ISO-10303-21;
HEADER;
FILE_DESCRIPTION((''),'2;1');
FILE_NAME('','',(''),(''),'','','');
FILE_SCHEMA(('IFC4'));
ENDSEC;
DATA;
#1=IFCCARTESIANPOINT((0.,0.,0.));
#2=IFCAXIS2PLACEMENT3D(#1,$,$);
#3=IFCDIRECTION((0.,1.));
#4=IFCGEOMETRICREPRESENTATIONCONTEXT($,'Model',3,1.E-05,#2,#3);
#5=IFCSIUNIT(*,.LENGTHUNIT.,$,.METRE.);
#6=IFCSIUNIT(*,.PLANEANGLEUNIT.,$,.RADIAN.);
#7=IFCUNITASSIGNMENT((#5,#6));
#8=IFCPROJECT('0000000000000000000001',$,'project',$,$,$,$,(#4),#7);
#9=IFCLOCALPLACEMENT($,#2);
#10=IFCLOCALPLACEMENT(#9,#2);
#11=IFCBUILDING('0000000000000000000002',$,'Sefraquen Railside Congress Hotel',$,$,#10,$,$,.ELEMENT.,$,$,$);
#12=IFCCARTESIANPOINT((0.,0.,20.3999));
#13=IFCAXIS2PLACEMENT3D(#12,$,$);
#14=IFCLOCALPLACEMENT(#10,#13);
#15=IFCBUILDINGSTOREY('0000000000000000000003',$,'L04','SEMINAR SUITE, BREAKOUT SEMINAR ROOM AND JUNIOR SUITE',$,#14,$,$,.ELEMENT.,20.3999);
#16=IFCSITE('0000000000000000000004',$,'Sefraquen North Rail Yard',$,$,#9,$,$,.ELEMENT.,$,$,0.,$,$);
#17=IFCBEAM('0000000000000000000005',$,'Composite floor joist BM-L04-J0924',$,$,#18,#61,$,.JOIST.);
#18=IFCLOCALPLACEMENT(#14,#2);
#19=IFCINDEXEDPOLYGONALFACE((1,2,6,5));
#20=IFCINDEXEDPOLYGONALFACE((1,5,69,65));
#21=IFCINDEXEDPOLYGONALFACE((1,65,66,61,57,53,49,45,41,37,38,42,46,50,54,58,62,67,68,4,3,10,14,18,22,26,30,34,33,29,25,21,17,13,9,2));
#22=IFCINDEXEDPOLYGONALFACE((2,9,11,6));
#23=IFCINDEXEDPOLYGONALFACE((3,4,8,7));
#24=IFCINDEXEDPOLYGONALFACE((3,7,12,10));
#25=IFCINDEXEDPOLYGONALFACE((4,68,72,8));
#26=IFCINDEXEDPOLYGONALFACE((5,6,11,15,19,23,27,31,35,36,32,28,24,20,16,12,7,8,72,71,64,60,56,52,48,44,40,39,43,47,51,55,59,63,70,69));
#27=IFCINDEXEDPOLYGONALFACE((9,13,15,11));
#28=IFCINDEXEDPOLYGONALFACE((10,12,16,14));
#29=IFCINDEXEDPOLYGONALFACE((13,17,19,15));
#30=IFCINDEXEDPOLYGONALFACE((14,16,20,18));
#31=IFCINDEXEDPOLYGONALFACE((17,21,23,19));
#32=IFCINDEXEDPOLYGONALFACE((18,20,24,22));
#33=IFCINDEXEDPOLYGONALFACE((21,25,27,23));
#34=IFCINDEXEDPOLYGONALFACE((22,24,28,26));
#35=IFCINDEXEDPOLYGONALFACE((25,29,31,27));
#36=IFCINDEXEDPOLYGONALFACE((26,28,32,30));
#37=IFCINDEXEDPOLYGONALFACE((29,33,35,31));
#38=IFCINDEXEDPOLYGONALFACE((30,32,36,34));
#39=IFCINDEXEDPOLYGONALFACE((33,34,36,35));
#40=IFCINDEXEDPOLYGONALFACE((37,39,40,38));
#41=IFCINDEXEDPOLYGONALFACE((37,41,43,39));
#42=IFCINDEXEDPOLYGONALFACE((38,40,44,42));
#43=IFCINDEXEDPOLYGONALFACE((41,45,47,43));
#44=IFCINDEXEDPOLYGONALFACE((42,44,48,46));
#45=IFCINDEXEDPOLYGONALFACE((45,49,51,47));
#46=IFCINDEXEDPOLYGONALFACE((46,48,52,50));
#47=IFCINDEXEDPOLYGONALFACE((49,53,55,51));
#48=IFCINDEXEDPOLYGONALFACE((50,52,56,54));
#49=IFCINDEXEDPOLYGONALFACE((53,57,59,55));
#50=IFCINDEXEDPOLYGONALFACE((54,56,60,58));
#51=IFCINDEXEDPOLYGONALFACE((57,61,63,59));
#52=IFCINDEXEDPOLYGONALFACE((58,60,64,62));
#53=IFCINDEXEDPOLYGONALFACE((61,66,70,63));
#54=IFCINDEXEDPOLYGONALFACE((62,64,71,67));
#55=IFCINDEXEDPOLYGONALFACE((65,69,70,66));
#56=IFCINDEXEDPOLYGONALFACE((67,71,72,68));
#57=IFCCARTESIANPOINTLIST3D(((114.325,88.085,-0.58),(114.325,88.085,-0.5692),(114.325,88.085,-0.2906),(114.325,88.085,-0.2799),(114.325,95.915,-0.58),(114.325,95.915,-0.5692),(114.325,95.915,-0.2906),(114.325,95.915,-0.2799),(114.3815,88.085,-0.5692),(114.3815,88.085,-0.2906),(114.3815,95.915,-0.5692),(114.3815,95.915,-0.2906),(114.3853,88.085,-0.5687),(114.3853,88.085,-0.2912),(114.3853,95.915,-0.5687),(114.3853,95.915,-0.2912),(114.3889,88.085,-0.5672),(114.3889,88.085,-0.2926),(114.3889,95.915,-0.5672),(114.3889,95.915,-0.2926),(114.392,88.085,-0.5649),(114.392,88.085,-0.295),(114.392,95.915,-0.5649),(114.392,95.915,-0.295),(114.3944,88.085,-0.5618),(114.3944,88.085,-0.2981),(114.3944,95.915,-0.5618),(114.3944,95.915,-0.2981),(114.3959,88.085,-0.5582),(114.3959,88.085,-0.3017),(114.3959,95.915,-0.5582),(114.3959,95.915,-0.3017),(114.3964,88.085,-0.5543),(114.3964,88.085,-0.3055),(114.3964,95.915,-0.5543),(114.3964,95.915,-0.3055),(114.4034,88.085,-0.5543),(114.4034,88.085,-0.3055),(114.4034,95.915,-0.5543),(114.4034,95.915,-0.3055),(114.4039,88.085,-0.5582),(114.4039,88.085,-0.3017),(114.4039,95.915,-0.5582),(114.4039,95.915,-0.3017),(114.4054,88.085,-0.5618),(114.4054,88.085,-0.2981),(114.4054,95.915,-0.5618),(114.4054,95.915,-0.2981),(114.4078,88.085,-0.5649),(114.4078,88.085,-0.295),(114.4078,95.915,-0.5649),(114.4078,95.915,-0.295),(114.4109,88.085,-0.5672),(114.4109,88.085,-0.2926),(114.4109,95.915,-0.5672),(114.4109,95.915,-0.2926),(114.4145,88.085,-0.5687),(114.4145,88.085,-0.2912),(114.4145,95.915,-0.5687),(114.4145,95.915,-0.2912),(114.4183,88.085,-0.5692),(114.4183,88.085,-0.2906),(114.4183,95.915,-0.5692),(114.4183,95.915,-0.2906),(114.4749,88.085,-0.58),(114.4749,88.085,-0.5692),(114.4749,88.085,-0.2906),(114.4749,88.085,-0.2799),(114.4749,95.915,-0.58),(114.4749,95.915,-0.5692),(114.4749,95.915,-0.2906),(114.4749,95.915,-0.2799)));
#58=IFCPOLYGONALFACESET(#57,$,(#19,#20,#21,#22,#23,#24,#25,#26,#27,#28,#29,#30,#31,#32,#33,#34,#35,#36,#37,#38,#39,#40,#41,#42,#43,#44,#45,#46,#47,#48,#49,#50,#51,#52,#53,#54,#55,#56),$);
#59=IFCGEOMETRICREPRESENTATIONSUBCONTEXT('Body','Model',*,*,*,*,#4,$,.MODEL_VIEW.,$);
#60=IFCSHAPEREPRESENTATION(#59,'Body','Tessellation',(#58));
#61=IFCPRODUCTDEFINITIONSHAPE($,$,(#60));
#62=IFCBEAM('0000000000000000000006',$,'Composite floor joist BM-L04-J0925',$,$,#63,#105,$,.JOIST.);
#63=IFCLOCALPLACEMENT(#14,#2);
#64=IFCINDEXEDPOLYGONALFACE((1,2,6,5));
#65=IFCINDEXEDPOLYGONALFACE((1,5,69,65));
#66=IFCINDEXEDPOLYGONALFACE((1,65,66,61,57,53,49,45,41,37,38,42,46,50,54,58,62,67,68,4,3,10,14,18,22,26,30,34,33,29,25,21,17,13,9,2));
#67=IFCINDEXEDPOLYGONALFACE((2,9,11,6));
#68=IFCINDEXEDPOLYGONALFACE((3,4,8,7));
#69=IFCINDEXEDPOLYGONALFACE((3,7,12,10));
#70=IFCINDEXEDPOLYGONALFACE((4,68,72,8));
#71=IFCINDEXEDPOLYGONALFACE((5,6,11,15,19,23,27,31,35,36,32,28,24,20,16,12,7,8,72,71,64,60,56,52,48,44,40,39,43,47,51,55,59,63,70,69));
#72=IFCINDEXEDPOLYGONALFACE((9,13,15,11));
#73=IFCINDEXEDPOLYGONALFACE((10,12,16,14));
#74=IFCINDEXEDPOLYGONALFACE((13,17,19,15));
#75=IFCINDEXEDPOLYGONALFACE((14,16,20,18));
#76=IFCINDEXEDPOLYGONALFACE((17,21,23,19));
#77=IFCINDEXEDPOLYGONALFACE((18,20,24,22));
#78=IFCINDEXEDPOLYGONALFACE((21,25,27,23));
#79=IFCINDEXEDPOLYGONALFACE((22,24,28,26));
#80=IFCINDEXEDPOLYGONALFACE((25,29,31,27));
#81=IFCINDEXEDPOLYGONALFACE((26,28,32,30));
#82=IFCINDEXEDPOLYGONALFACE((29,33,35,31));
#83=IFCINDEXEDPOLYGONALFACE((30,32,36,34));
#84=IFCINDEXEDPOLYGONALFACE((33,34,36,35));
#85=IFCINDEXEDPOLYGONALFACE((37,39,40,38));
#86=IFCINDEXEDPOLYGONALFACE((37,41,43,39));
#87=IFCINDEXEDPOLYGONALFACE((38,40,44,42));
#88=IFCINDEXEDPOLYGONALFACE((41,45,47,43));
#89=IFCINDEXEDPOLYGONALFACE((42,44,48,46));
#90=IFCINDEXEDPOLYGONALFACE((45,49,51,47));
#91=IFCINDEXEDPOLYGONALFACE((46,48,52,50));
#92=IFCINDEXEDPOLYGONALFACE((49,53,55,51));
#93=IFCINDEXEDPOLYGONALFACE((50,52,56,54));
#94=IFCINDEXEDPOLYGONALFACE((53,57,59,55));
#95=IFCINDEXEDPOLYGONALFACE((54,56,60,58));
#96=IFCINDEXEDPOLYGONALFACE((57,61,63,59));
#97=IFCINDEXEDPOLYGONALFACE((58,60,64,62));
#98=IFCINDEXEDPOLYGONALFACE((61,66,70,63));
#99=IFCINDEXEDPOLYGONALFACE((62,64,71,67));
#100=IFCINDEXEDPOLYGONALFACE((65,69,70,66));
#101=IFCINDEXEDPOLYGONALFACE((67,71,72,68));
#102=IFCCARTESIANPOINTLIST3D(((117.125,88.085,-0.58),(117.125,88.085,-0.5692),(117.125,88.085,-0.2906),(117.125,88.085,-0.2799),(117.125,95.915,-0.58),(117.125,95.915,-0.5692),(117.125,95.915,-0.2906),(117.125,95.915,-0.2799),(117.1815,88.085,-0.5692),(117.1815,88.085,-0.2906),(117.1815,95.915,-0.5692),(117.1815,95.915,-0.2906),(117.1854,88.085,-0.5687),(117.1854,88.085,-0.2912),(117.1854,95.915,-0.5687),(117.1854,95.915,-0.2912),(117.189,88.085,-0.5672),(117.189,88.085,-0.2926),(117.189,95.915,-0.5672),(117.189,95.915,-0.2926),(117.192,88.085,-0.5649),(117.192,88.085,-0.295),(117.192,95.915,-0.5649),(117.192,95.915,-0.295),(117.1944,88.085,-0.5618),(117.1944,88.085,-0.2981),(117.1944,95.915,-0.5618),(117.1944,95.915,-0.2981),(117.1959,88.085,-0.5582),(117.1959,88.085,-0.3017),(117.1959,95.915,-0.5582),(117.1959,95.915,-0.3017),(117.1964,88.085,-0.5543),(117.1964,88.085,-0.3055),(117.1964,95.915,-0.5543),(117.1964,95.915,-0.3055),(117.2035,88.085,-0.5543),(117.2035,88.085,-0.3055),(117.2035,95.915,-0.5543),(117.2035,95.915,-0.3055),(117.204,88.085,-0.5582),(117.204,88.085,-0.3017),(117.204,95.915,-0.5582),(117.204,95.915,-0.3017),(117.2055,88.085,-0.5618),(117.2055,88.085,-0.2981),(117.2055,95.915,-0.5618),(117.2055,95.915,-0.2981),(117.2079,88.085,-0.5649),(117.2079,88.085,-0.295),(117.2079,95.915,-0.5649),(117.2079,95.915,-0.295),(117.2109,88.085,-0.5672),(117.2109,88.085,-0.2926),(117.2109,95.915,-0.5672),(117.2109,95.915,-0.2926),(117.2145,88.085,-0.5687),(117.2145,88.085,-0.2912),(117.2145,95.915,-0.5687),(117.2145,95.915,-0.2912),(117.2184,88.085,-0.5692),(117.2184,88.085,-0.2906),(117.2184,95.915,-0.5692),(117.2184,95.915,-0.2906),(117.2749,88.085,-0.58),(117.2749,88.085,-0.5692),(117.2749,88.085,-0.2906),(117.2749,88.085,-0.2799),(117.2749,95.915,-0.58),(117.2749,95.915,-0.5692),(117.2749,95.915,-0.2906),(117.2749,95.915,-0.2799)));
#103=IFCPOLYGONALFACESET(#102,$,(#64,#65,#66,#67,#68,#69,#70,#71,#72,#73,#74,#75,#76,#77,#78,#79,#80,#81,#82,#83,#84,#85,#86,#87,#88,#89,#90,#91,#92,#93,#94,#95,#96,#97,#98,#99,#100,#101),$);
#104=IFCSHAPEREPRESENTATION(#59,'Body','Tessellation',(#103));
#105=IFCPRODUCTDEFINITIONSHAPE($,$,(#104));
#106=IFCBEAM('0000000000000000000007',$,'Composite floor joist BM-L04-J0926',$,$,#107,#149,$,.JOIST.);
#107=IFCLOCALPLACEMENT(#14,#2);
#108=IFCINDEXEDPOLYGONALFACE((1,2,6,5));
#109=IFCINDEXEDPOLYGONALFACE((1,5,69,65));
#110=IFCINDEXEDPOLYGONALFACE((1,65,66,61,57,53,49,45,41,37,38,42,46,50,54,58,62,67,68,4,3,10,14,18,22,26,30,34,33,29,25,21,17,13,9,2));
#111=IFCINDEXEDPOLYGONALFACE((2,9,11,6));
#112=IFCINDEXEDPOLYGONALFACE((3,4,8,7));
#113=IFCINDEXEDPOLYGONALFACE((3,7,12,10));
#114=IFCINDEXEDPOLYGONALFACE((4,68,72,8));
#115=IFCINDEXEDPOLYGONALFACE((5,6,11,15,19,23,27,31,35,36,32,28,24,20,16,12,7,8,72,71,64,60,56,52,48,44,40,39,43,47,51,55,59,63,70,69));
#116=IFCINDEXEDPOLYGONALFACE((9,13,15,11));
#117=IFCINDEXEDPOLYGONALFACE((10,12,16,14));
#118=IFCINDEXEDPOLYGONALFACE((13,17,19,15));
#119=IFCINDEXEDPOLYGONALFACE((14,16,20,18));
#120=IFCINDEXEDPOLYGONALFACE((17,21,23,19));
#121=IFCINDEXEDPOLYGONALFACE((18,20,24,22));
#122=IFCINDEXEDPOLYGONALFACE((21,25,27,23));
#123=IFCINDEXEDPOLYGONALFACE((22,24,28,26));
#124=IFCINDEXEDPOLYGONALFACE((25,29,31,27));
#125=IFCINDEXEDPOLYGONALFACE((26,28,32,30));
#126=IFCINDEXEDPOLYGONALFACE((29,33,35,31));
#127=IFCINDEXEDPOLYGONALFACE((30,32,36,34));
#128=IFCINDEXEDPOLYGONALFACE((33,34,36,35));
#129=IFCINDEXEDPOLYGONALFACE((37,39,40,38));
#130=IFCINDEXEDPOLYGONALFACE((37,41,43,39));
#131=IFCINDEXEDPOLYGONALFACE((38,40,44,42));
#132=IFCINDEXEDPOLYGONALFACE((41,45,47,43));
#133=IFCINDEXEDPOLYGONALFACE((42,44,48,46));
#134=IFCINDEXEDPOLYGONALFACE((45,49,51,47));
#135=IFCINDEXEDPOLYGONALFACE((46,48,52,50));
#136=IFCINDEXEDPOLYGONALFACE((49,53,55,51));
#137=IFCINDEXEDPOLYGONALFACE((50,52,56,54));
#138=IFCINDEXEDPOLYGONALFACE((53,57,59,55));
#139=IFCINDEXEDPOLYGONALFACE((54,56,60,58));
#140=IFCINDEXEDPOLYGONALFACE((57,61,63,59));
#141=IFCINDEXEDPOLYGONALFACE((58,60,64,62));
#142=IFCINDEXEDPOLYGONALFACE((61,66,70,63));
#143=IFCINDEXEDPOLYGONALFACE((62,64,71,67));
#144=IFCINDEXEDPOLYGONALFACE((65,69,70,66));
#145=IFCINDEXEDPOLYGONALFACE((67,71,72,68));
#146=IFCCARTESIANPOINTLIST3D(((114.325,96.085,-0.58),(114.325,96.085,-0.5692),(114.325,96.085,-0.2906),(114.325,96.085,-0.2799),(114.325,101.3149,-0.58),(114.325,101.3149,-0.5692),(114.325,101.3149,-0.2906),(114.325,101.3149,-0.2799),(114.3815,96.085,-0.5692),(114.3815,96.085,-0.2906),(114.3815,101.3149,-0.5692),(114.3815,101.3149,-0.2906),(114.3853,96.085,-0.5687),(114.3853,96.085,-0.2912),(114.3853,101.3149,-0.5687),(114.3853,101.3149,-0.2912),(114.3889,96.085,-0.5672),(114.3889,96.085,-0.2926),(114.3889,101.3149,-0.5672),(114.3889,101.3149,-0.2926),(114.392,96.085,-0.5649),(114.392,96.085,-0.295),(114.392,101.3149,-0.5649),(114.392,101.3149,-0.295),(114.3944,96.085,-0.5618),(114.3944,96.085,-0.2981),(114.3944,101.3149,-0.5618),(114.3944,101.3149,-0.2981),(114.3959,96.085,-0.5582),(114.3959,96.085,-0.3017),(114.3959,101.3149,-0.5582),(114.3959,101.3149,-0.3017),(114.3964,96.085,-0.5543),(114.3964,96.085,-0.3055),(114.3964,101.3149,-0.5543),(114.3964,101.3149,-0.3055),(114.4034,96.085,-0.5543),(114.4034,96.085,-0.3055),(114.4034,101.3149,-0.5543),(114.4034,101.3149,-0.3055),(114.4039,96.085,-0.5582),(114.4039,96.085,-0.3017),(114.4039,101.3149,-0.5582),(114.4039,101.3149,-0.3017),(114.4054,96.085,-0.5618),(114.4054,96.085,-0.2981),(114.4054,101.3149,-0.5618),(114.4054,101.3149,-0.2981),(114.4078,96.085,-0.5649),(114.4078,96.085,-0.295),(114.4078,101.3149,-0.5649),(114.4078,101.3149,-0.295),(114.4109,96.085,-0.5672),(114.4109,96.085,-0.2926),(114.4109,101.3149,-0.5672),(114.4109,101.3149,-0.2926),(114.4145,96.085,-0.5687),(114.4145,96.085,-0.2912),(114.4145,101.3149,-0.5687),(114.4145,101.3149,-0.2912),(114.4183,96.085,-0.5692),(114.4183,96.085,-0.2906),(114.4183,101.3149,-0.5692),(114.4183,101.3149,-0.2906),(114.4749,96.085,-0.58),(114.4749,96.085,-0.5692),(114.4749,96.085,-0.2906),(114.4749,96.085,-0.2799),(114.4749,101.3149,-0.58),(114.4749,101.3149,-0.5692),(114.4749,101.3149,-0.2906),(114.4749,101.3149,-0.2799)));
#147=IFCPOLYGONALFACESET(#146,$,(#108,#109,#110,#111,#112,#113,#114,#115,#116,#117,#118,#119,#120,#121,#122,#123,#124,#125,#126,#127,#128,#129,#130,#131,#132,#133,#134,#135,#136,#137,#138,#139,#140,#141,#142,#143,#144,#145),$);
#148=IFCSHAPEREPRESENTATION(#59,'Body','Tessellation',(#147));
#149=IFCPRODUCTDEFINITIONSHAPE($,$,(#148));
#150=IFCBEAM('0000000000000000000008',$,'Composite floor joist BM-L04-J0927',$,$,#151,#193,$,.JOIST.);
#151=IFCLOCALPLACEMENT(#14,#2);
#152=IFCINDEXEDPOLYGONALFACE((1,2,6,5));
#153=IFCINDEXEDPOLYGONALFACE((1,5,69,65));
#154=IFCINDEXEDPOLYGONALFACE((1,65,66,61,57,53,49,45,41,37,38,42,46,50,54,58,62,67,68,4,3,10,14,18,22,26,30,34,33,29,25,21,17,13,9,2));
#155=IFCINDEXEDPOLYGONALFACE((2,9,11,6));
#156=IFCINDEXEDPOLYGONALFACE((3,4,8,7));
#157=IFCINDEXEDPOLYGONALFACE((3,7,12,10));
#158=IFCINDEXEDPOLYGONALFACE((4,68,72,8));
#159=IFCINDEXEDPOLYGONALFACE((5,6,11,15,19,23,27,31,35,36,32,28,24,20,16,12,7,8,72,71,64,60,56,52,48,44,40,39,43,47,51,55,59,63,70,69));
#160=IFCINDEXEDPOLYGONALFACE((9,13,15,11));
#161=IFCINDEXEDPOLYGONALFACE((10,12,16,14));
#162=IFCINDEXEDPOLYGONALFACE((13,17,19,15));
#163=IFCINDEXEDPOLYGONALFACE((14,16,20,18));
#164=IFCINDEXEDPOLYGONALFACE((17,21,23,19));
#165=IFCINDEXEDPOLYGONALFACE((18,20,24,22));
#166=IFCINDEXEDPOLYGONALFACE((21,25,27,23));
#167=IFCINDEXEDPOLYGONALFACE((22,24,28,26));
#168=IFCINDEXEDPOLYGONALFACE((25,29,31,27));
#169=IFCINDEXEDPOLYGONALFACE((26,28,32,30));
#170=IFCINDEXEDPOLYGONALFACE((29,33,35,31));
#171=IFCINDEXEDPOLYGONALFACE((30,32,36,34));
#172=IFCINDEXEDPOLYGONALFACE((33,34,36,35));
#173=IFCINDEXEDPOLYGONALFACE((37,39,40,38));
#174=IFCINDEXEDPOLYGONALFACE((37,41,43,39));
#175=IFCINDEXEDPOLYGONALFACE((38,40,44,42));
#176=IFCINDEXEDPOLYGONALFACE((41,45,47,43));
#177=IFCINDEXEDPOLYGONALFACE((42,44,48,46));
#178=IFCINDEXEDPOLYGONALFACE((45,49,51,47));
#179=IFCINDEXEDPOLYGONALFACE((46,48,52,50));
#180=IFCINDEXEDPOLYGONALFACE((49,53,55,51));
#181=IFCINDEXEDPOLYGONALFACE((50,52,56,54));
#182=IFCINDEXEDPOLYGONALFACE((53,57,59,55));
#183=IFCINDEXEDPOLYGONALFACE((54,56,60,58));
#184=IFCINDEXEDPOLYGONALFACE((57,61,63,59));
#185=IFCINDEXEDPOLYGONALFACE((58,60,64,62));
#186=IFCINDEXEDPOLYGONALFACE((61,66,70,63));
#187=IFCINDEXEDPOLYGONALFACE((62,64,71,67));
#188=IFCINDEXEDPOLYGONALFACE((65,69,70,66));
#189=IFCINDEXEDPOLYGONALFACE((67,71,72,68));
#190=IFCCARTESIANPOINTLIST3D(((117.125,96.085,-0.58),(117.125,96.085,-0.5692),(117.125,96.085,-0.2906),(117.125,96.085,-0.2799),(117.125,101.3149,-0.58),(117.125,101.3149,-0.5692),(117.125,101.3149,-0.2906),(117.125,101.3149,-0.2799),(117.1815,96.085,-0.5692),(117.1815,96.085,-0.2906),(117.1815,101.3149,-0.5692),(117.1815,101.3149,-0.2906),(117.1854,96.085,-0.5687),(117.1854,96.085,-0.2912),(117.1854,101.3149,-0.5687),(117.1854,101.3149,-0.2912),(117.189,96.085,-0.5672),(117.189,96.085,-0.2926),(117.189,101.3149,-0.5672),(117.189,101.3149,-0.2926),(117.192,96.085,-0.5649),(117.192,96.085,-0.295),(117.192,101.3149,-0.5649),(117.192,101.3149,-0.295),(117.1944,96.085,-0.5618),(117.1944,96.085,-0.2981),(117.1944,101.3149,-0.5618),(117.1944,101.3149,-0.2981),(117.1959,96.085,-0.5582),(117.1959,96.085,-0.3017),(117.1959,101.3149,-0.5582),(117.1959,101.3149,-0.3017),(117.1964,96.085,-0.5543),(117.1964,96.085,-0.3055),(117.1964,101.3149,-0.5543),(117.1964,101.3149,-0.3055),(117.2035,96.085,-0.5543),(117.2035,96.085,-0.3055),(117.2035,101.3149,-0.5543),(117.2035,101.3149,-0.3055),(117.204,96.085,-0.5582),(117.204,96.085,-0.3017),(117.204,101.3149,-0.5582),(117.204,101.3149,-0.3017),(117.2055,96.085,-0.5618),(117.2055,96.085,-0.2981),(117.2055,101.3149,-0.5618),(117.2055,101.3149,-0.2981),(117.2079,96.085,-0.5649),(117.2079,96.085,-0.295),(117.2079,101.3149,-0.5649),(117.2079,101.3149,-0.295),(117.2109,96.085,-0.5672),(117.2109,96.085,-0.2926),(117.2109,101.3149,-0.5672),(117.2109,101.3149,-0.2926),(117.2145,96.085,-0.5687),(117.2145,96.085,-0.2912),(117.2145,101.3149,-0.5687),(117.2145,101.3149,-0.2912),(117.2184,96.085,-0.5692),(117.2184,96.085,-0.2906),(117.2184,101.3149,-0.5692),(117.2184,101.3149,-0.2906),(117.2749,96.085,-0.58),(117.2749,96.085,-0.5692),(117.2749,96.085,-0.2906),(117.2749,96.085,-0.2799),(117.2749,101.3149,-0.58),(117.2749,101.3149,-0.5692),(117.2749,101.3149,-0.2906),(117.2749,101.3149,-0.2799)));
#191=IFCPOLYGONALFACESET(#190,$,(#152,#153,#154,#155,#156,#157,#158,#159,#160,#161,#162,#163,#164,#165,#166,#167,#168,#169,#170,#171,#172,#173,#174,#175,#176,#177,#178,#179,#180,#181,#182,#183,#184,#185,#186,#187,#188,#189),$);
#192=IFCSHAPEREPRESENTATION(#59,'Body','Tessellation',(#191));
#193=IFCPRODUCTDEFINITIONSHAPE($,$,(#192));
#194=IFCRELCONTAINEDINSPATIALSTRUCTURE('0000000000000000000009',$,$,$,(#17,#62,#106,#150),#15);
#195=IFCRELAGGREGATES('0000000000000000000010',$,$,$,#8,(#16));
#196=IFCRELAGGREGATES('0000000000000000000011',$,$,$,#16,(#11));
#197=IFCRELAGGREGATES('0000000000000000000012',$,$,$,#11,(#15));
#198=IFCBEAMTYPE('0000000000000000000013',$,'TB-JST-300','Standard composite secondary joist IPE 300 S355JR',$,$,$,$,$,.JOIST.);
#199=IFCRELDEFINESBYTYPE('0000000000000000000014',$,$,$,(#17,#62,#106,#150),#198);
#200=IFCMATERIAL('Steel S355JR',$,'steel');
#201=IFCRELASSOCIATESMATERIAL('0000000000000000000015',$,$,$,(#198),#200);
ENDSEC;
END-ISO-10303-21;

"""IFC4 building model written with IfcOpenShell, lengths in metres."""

from ifc_helpers import new_model, si_unit, direction, frame, origin, origin_2d, place, context, subcontext, project, spatial, i_section, extrude, material, material_profile, profile_set, type_object, element, save


model = new_model("IFC4")

# Units and contexts
model_context = context("Model", 3, precision=1e-05, world=origin(), true_north=direction((0.0, 1.0)))
body_context = subcontext(model_context, "Body", "Model", "MODEL_VIEW")
ifc_project = project(units=[si_unit("LENGTHUNIT", "METRE"), si_unit("PLANEANGLEUNIT", "RADIAN")], contexts=[model_context])

# Site, building, storey
site_placement = place(None, origin())
site = spatial("IfcSite", under=ifc_project, at=site_placement, Name="Sefraquen North Rail Yard", CompositionType="ELEMENT", RefElevation=0.0)
building_placement = place(site_placement, origin())
building = spatial("IfcBuilding", under=site, at=building_placement, Name="Sefraquen Railside Congress Hotel", CompositionType="ELEMENT")
storey_placement = place(building_placement, frame((0.0, 0.0, 20.3999)))
storey = spatial("IfcBuildingStorey", under=building, at=storey_placement, Name="L04", Description="SEMINAR SUITE, BREAKOUT SEMINAR ROOM AND JUNIOR SUITE", CompositionType="ELEMENT", Elevation=20.3999)

# Shared definitions
ifc_material_1 = material(Name="Steel S355JR", Category="steel")

# Beams
ifc_material_profile_1 = material_profile(ifc_material_1, i_section(OverallWidth=0.1499, OverallDepth=0.3, WebThickness=0.0071, FlangeThickness=0.0107, FilletRadius=0.0149, at=origin_2d()), Name="IPE 300")
ifc_profile_set_1 = profile_set([ifc_material_profile_1], Name="Steel S355JR")
beam_type_1 = type_object("IfcBeamType", Name="TB-JST-300", Description="Standard composite secondary joist IPE 300 S355JR", PredefinedType="JOIST", material=ifc_profile_set_1)
for number, where, z_axis, x_axis, name in (
    (1, (114.3999, 88.085, -0.4299), (0.0, 1.0, 0.0), (-1.0, 0.0, 0.0), "Composite floor joist BM-L04-J0924"),
    (2, (117.2, 88.085, -0.4299), (0.0, 1.0, 0.0), (-1.0, 0.0, 0.0), "Composite floor joist BM-L04-J0925"),
):
    element("IfcBeam", number, at=place(storey_placement, frame(where, z_axis=z_axis, x_axis=x_axis)), inside=storey, type_object=beam_type_1, Name=name, PredefinedType="JOIST", context=body_context, shape_type="SweptSolid", body=[
        extrude(i_section(OverallWidth=0.1499, OverallDepth=0.3, WebThickness=0.0071, FlangeThickness=0.0107, FilletRadius=0.0149, at=origin_2d()), origin(), (0.0, 0.0, 1.0), 7.8301),
    ])
for number, where, z_axis, x_axis, name in (
    (3, (114.3999, 96.085, -0.4299), (0.0, 1.0, 0.0), (-1.0, 0.0, 0.0), "Composite floor joist BM-L04-J0926"),
    (4, (117.2, 96.085, -0.4299), (0.0, 1.0, 0.0), (-1.0, 0.0, 0.0), "Composite floor joist BM-L04-J0927"),
):
    element("IfcBeam", number, at=place(storey_placement, frame(where, z_axis=z_axis, x_axis=x_axis)), inside=storey, type_object=beam_type_1, Name=name, PredefinedType="JOIST", context=body_context, shape_type="SweptSolid", body=[
        extrude(i_section(OverallWidth=0.1499, OverallDepth=0.3, WebThickness=0.0071, FlangeThickness=0.0107, FilletRadius=0.0149, at=origin_2d()), origin(), (0.0, 0.0, 1.0), 5.23),
    ])

save(model, "model.ifc")
